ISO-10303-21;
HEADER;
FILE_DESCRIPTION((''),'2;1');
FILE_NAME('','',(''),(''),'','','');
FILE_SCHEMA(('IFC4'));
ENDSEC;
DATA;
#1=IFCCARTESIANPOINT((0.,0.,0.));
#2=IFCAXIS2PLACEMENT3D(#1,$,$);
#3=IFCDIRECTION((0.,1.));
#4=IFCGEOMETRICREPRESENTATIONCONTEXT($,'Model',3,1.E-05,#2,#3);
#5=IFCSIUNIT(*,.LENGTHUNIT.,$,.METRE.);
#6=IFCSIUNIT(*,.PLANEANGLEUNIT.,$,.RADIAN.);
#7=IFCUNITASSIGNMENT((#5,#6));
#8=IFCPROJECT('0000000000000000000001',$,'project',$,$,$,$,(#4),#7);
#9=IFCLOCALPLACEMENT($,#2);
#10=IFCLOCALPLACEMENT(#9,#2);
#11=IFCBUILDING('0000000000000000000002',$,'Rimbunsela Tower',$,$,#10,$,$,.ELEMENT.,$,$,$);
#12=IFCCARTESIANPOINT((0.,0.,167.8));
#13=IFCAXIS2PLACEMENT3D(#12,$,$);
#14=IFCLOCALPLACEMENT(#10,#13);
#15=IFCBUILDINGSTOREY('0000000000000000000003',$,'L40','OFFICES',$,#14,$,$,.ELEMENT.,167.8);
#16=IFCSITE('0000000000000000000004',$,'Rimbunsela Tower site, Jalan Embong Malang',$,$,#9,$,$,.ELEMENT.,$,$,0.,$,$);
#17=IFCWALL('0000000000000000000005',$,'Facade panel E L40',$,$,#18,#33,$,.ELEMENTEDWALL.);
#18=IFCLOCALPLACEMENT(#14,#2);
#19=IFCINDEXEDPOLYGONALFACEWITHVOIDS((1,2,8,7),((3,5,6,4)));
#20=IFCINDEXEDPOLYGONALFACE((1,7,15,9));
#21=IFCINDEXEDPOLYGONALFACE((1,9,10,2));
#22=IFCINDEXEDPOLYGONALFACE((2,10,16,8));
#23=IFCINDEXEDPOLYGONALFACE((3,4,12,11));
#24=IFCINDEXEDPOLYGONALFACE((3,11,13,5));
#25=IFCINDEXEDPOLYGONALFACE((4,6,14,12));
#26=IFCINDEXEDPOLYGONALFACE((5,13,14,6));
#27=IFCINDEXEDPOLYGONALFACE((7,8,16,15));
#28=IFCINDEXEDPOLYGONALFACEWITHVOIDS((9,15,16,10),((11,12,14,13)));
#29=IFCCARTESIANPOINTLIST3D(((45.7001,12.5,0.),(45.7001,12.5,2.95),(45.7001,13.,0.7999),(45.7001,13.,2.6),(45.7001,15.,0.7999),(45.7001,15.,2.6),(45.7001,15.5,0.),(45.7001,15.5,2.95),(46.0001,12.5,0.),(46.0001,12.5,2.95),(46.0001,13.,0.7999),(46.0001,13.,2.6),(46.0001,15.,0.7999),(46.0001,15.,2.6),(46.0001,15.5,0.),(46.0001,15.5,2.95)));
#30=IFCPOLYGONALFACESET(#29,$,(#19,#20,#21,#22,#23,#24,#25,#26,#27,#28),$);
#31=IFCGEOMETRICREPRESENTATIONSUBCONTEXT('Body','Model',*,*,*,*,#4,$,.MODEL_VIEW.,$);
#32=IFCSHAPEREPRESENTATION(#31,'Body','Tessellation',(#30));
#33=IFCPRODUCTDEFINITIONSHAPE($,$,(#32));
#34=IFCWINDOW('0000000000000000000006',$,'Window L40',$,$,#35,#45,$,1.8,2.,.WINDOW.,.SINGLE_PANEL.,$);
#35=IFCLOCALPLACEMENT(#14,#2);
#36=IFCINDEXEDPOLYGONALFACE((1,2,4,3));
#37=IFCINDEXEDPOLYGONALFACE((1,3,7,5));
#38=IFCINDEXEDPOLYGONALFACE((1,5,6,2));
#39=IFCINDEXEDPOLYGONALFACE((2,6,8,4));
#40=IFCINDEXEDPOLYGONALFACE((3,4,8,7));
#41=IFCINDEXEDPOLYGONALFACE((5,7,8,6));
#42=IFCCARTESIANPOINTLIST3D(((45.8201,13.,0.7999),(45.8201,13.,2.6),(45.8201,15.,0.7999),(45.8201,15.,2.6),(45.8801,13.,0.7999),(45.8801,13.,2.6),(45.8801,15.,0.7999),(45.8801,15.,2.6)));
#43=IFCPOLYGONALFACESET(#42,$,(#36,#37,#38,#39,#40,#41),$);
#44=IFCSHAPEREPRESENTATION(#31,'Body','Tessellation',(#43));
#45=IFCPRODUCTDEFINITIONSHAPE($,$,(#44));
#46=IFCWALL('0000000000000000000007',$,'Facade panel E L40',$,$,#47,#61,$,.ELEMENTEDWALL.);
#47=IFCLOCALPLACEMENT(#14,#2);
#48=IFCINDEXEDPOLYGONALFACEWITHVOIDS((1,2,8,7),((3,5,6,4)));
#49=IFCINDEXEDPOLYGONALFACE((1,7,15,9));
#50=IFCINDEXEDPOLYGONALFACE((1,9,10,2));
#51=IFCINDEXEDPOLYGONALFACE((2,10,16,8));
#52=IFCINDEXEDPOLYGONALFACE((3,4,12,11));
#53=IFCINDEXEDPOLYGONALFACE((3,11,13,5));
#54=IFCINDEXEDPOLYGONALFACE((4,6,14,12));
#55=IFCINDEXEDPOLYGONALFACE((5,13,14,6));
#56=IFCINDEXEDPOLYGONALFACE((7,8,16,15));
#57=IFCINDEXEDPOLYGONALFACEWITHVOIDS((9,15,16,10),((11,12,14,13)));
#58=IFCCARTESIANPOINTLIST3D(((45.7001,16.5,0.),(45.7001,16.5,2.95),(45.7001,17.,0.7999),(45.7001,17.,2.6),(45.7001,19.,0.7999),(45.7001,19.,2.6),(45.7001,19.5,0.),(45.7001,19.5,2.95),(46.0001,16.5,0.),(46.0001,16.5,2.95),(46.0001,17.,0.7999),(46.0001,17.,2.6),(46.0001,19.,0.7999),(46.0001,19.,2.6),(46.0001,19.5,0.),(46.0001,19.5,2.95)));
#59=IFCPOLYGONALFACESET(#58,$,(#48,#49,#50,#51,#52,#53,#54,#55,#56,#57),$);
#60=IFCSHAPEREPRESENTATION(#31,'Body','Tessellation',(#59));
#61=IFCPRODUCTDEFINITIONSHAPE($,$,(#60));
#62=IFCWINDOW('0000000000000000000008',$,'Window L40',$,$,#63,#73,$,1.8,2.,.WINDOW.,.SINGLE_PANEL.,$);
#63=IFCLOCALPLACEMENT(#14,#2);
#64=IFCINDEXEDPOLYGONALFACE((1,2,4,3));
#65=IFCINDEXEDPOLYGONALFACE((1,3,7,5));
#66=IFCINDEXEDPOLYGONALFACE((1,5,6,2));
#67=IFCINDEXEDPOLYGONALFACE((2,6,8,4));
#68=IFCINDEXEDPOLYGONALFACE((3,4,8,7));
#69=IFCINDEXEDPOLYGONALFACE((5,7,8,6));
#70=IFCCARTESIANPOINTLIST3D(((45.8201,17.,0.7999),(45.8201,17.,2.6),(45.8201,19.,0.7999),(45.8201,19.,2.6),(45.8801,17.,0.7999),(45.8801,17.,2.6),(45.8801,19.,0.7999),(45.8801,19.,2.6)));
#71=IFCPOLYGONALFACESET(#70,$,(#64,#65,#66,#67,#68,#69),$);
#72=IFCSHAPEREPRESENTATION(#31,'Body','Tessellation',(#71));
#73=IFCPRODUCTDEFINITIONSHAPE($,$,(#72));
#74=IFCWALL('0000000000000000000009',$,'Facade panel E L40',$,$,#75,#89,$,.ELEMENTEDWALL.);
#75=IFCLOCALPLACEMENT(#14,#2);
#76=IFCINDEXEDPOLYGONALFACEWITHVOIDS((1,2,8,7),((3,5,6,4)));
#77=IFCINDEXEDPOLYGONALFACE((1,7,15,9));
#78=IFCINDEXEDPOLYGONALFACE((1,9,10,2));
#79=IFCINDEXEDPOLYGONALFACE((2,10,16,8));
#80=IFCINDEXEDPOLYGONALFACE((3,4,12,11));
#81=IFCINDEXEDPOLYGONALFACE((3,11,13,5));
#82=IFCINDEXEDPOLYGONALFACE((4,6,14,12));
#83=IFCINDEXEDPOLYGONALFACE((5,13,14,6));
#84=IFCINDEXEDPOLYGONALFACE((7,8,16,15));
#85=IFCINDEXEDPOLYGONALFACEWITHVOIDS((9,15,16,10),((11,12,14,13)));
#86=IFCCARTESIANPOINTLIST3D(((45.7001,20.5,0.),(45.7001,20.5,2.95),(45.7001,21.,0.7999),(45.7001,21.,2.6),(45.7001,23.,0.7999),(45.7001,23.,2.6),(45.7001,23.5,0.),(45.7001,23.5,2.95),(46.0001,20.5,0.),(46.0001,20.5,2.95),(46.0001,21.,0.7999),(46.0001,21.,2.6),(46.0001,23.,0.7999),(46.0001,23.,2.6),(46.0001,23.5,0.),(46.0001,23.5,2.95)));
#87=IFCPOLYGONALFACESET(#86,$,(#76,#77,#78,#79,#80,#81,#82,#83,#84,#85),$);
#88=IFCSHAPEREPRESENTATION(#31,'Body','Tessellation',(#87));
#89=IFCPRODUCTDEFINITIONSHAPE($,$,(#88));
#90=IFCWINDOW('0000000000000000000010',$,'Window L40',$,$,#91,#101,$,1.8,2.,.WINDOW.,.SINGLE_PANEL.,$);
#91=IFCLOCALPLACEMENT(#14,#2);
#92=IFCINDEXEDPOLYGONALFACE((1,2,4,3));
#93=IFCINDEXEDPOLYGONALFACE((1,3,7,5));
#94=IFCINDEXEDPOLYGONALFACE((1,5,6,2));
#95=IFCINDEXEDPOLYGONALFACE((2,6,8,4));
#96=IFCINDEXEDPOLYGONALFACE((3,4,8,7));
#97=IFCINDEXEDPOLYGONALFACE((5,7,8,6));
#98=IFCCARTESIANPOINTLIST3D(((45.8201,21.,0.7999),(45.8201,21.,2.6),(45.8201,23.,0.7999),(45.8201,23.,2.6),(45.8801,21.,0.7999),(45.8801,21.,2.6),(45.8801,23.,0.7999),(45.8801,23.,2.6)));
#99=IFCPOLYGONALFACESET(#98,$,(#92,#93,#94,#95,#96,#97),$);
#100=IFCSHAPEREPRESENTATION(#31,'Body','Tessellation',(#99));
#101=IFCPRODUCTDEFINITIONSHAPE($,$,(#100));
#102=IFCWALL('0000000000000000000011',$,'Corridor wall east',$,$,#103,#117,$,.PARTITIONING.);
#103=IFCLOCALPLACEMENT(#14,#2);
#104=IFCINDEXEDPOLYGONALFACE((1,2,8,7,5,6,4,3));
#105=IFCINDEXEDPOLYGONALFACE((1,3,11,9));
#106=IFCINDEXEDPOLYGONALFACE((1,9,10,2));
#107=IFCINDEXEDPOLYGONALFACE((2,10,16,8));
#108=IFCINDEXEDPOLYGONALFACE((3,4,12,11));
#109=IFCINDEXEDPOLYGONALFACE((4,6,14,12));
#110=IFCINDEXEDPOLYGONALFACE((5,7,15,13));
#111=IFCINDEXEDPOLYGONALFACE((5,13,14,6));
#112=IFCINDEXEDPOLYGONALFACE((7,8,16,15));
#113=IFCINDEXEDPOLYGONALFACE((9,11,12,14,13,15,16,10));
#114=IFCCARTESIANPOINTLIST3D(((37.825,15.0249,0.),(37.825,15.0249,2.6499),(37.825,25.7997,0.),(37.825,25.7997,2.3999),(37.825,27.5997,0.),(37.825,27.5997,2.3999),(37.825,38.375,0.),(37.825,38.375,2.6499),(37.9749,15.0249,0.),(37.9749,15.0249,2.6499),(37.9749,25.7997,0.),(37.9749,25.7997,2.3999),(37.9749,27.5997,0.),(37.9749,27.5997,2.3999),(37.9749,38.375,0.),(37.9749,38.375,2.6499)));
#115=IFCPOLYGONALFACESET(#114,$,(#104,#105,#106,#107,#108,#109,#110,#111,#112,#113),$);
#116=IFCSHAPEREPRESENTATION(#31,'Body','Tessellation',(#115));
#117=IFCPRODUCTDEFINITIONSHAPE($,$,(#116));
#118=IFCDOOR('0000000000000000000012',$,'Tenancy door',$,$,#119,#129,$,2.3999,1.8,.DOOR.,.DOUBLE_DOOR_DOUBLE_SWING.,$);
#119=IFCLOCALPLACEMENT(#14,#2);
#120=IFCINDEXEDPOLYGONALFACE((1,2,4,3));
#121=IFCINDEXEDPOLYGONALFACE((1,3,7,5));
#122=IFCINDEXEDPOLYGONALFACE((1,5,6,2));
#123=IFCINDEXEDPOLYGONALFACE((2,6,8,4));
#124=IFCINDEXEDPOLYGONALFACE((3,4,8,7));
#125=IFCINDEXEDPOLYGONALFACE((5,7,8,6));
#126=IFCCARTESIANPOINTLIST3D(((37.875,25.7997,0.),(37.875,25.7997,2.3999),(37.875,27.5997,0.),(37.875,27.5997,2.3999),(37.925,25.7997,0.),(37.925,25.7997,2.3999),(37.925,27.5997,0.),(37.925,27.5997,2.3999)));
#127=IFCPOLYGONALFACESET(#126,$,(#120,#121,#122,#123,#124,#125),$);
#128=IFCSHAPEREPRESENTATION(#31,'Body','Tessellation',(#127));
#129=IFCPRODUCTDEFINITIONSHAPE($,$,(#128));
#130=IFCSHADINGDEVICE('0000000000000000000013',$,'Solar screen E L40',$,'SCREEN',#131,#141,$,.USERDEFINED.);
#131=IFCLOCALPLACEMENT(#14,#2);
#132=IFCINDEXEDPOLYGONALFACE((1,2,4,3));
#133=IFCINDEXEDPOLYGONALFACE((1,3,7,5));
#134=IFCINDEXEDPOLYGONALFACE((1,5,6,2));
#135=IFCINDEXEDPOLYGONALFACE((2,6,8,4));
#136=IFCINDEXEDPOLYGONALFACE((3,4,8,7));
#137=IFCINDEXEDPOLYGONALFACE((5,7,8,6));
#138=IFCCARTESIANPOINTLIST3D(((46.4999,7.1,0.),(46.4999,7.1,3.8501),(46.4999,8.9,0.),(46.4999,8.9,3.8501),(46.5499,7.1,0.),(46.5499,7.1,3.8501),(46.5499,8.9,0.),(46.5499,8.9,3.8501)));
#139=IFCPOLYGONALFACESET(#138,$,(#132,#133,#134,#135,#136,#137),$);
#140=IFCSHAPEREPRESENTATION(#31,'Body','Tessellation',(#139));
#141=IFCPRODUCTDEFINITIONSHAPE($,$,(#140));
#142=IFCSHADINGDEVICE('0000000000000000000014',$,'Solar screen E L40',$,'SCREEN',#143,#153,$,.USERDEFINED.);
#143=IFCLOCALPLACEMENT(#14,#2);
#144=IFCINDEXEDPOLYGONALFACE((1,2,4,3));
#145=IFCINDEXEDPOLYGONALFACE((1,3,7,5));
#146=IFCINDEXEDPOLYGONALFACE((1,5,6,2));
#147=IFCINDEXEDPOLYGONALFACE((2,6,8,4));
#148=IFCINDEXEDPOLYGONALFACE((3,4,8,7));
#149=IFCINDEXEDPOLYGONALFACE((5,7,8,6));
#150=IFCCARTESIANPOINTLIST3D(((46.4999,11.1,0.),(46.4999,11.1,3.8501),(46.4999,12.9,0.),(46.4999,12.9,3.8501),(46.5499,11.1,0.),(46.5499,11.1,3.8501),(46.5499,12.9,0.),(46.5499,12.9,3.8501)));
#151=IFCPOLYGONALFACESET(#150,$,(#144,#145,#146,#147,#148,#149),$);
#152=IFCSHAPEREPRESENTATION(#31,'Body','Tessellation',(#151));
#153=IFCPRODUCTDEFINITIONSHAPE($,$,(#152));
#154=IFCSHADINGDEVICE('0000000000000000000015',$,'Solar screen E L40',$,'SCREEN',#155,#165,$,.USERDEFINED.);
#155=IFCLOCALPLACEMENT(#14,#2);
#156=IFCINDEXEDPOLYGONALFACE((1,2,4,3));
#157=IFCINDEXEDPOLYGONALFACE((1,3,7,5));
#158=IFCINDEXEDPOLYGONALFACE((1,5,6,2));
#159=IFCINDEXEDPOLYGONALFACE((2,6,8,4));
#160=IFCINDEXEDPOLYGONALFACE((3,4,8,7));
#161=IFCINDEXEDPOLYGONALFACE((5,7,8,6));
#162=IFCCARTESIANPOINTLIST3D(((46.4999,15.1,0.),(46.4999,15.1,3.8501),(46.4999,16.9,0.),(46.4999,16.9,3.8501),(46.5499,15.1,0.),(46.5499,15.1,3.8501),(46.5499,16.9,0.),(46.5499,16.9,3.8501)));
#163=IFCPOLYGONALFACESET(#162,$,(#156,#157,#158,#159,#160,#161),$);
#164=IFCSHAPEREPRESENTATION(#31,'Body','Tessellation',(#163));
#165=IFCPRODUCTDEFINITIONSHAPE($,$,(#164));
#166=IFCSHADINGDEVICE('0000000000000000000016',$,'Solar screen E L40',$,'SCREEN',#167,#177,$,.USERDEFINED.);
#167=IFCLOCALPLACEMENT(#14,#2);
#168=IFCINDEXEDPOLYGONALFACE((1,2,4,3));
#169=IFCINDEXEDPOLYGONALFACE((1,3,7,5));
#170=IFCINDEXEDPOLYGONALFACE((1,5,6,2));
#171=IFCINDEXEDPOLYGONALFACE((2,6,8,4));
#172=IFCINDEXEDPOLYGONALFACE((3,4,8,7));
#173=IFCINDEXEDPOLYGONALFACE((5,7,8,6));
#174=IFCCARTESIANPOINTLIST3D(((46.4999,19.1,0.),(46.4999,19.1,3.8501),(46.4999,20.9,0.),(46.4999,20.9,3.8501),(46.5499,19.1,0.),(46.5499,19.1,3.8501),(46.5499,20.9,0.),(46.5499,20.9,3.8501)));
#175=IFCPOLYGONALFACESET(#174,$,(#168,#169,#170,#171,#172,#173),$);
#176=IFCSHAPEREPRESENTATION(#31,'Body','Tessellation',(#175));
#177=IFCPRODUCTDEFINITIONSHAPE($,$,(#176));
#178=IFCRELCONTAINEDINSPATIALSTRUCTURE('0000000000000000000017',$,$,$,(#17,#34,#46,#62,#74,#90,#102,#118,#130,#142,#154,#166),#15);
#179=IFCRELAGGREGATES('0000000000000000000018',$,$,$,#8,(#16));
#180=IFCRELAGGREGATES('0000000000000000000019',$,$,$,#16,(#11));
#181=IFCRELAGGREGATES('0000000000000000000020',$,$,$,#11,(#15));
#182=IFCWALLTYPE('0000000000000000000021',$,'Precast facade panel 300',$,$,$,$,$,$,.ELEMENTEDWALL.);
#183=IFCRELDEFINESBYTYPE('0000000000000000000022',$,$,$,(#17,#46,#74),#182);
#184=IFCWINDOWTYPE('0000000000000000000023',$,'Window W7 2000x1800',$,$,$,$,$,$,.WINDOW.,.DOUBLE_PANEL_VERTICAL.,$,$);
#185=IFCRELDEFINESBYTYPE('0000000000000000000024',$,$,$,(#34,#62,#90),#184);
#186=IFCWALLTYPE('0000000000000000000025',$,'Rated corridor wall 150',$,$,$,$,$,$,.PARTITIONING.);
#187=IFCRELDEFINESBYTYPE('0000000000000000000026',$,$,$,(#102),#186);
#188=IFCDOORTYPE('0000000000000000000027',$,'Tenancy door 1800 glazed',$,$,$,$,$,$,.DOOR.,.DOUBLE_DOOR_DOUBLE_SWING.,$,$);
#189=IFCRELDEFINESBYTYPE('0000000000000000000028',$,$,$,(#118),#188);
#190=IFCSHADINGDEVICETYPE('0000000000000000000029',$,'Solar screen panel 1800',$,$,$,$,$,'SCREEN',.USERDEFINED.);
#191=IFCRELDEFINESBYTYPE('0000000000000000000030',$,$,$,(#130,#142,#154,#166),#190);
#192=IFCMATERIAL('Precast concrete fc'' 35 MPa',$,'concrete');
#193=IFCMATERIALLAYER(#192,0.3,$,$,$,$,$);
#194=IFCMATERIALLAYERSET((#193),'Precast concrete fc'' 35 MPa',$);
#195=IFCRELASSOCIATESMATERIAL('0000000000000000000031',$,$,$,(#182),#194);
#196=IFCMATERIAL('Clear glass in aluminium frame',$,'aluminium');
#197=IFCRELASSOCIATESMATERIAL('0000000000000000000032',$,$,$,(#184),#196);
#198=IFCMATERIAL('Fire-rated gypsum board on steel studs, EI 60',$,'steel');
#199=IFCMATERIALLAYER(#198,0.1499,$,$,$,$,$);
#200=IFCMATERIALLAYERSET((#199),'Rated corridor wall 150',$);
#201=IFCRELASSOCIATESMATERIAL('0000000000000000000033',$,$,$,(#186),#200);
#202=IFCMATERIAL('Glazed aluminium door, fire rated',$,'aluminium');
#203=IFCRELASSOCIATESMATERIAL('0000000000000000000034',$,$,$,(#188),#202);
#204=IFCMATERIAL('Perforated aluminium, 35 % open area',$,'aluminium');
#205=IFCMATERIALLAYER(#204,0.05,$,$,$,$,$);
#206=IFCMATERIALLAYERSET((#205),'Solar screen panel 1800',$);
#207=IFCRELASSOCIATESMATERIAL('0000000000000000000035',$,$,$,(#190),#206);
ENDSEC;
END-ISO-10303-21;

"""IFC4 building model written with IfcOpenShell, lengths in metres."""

from ifc_helpers import new_model, si_unit, direction, frame, frame_2d, origin, origin_2d, place, context, subcontext, project, spatial, rectangle, extrude, material, layer, layer_set, type_object, element, fill, save


model = new_model("IFC4")

# Units and contexts
model_context = context("Model", 3, precision=1e-05, world=origin(), true_north=direction((0.0, 1.0)))
body_context = subcontext(model_context, "Body", "Model", "MODEL_VIEW")
ifc_project = project(units=[si_unit("LENGTHUNIT", "METRE"), si_unit("PLANEANGLEUNIT", "RADIAN")], contexts=[model_context])

# Site, building, storey
site_placement = place(None, origin())
site = spatial("IfcSite", under=ifc_project, at=site_placement, Name="Rimbunsela Tower site, Jalan Embong Malang", CompositionType="ELEMENT", RefElevation=0.0)
building_placement = place(site_placement, origin())
building = spatial("IfcBuilding", under=site, at=building_placement, Name="Rimbunsela Tower", CompositionType="ELEMENT")
storey_placement = place(building_placement, frame((0.0, 0.0, 167.8)))
storey = spatial("IfcBuildingStorey", under=building, at=storey_placement, Name="L40", Description="OFFICES", CompositionType="ELEMENT", Elevation=167.8)

# Shared definitions
ifc_material_1 = material(Name="Precast concrete fc' 35 MPa", Category="concrete")
ifc_layer_1 = layer(ifc_material_1, 0.3)
ifc_layer_set_1 = layer_set([ifc_layer_1], Name="Precast concrete fc' 35 MPa")
wall_type_1 = type_object("IfcWallType", Name="Precast facade panel 300", PredefinedType="ELEMENTEDWALL", material=ifc_layer_set_1)

# Walls, openings, windows
ifc_material_2 = material(Name="Clear glass in aluminium frame", Category="aluminium")
window_type = type_object("IfcWindowType", Name="Window W7 2000x1800", PartitioningType="DOUBLE_PANEL_VERTICAL", PredefinedType="WINDOW", material=ifc_material_2)
wall_1_placement = place(storey_placement, frame((45.8501, 12.5, 0.0), z_axis=(0.0, 0.0, 1.0), x_axis=(0.0, 1.0, 0.0)))
wall_1 = element("IfcWall", 1, at=wall_1_placement, inside=storey, type_object=wall_type_1, Name="Facade panel E L40", PredefinedType="ELEMENTEDWALL", context=body_context, shape_type="SweptSolid", body=[
    extrude(rectangle(XDim=3.0, YDim=0.3, at=frame_2d((1.5, 0.0))), origin(), (0.0, 0.0, 1.0), 2.95),
])
opening_1_placement = place(wall_1_placement, frame((0.5, 0.0, 0.8)))
opening_1 = element("IfcOpeningElement", 2, at=opening_1_placement, cuts=wall_1, PredefinedType="OPENING", context=body_context, shape_type="SweptSolid", body=[
    extrude(rectangle(XDim=2.0, YDim=1.8, at=frame_2d((1.0, 0.8999))), frame((0.0, 0.1599, 0.0), z_axis=(0.0, -1.0, 0.0), x_axis=(1.0, 0.0, 0.0)), (0.0, 0.0, 1.0), 0.3201),
])
window_1_placement = place(opening_1_placement, origin())
window_1 = element("IfcWindow", 3, at=window_1_placement, inside=storey, type_object=window_type, Name="Window L40", OverallHeight=1.8, OverallWidth=2.0, PartitioningType="SINGLE_PANEL", PredefinedType="WINDOW", context=body_context, shape_type="SweptSolid", body=[
    extrude(rectangle(XDim=2.0, YDim=1.8, at=frame_2d((1.0, 0.8999))), frame((0.0, 0.03, 0.0), z_axis=(0.0, -1.0, 0.0), x_axis=(1.0, 0.0, 0.0)), (0.0, 0.0, 1.0), 0.0601),
])
fill(opening_1, window_1)
wall_2_placement = place(storey_placement, frame((45.8501, 16.5, 0.0), z_axis=(0.0, 0.0, 1.0), x_axis=(0.0, 1.0, 0.0)))
wall_2 = element("IfcWall", 4, at=wall_2_placement, inside=storey, type_object=wall_type_1, Name="Facade panel E L40", PredefinedType="ELEMENTEDWALL", context=body_context, shape_type="SweptSolid", body=[
    extrude(rectangle(XDim=3.0, YDim=0.3, at=frame_2d((1.5, 0.0))), origin(), (0.0, 0.0, 1.0), 2.95),
])
opening_2_placement = place(wall_2_placement, frame((0.5, 0.0, 0.8)))
opening_2 = element("IfcOpeningElement", 5, at=opening_2_placement, cuts=wall_2, PredefinedType="OPENING", context=body_context, shape_type="SweptSolid", body=[
    extrude(rectangle(XDim=2.0, YDim=1.8, at=frame_2d((1.0, 0.8999))), frame((0.0, 0.1599, 0.0), z_axis=(0.0, -1.0, 0.0), x_axis=(1.0, 0.0, 0.0)), (0.0, 0.0, 1.0), 0.3201),
])
window_2_placement = place(opening_2_placement, origin())
window_2 = element("IfcWindow", 6, at=window_2_placement, inside=storey, type_object=window_type, Name="Window L40", OverallHeight=1.8, OverallWidth=2.0, PartitioningType="SINGLE_PANEL", PredefinedType="WINDOW", context=body_context, shape_type="SweptSolid", body=[
    extrude(rectangle(XDim=2.0, YDim=1.8, at=frame_2d((1.0, 0.8999))), frame((0.0, 0.03, 0.0), z_axis=(0.0, -1.0, 0.0), x_axis=(1.0, 0.0, 0.0)), (0.0, 0.0, 1.0), 0.0601),
])
fill(opening_2, window_2)
wall_3_placement = place(storey_placement, frame((45.8501, 20.5, 0.0), z_axis=(0.0, 0.0, 1.0), x_axis=(0.0, 1.0, 0.0)))
wall_3 = element("IfcWall", 7, at=wall_3_placement, inside=storey, type_object=wall_type_1, Name="Facade panel E L40", PredefinedType="ELEMENTEDWALL", context=body_context, shape_type="SweptSolid", body=[
    extrude(rectangle(XDim=3.0, YDim=0.3, at=frame_2d((1.5, 0.0))), origin(), (0.0, 0.0, 1.0), 2.95),
])
opening_3_placement = place(wall_3_placement, frame((0.5, 0.0, 0.8)))
opening_3 = element("IfcOpeningElement", 8, at=opening_3_placement, cuts=wall_3, PredefinedType="OPENING", context=body_context, shape_type="SweptSolid", body=[
    extrude(rectangle(XDim=2.0, YDim=1.8, at=frame_2d((1.0, 0.8999))), frame((0.0, 0.1599, 0.0), z_axis=(0.0, -1.0, 0.0), x_axis=(1.0, 0.0, 0.0)), (0.0, 0.0, 1.0), 0.3201),
])
window_3_placement = place(opening_3_placement, origin())
window_3 = element("IfcWindow", 9, at=window_3_placement, inside=storey, type_object=window_type, Name="Window L40", OverallHeight=1.8, OverallWidth=2.0, PartitioningType="SINGLE_PANEL", PredefinedType="WINDOW", context=body_context, shape_type="SweptSolid", body=[
    extrude(rectangle(XDim=2.0, YDim=1.8, at=frame_2d((1.0, 0.8999))), frame((0.0, 0.03, 0.0), z_axis=(0.0, -1.0, 0.0), x_axis=(1.0, 0.0, 0.0)), (0.0, 0.0, 1.0), 0.0601),
])
fill(opening_3, window_3)

# Wall, opening, door
ifc_material_3 = material(Name="Fire-rated gypsum board on steel studs, EI 60", Category="steel")
ifc_layer_2 = layer(ifc_material_3, 0.1499)
ifc_layer_set_2 = layer_set([ifc_layer_2], Name="Rated corridor wall 150")
wall_type_2 = type_object("IfcWallType", Name="Rated corridor wall 150", PredefinedType="PARTITIONING", material=ifc_layer_set_2)
wall_4_placement = place(storey_placement, frame((37.8999, 15.0249, 0.0), z_axis=(0.0, 0.0, 1.0), x_axis=(0.0, 1.0, 0.0)))
wall_4 = element("IfcWall", 10, at=wall_4_placement, inside=storey, type_object=wall_type_2, Name="Corridor wall east", PredefinedType="PARTITIONING", context=body_context, shape_type="SweptSolid", body=[
    extrude(rectangle(XDim=23.3501, YDim=0.1499, at=frame_2d((11.675, 0.0))), origin(), (0.0, 0.0, 1.0), 2.6499),
])
opening_4_placement = place(wall_4_placement, frame((10.7749, 0.0, 0.0)))
opening_4 = element("IfcOpeningElement", 11, at=opening_4_placement, cuts=wall_4, PredefinedType="OPENING", context=body_context, shape_type="SweptSolid", body=[
    extrude(rectangle(XDim=1.8, YDim=2.3999, at=frame_2d((0.8999, 1.2))), frame((0.0, 0.085, 0.0), z_axis=(0.0, -1.0, 0.0), x_axis=(1.0, 0.0, 0.0)), (0.0, 0.0, 1.0), 0.1699),
])
ifc_material_4 = material(Name="Glazed aluminium door, fire rated", Category="aluminium")
door_type_1 = type_object("IfcDoorType", Name="Tenancy door 1800 glazed", OperationType="DOUBLE_DOOR_DOUBLE_SWING", PredefinedType="DOOR", material=ifc_material_4)
door_1_placement = place(opening_4_placement, origin())
door_1 = element("IfcDoor", 12, at=door_1_placement, inside=storey, type_object=door_type_1, Name="Tenancy door", OperationType="DOUBLE_DOOR_DOUBLE_SWING", OverallHeight=2.3999, OverallWidth=1.8, PredefinedType="DOOR", context=body_context, shape_type="SweptSolid", body=[
    extrude(rectangle(XDim=1.8, YDim=2.3999, at=frame_2d((0.8999, 1.2))), frame((0.0, 0.0249, 0.0), z_axis=(0.0, -1.0, 0.0), x_axis=(1.0, 0.0, 0.0)), (0.0, 0.0, 1.0), 0.05),
])
fill(opening_4, door_1)

# Shading devices
ifc_material_5 = material(Name="Perforated aluminium, 35 % open area", Category="aluminium")
ifc_layer_3 = layer(ifc_material_5, 0.05)
ifc_layer_set_3 = layer_set([ifc_layer_3], Name="Solar screen panel 1800")
shading_device_type = type_object("IfcShadingDeviceType", Name="Solar screen panel 1800", ElementType="SCREEN", PredefinedType="USERDEFINED", material=ifc_layer_set_3)
for number, where, z_axis, x_axis, name in (
    (13, (46.5249, 8.0, 0.0), (0.0, 0.0, 1.0), (0.0, 1.0, 0.0), "Solar screen E L40"),
    (14, (46.5249, 12.0, 0.0), (0.0, 0.0, 1.0), (0.0, 1.0, 0.0), "Solar screen E L40"),
    (15, (46.5249, 16.0, 0.0), (0.0, 0.0, 1.0), (0.0, 1.0, 0.0), "Solar screen E L40"),
    (16, (46.5249, 20.0, 0.0), (0.0, 0.0, 1.0), (0.0, 1.0, 0.0), "Solar screen E L40"),
):
    element("IfcShadingDevice", number, at=place(storey_placement, frame(where, z_axis=z_axis, x_axis=x_axis)), inside=storey, type_object=shading_device_type, Name=name, ObjectType="SCREEN", PredefinedType="USERDEFINED", context=body_context, shape_type="SweptSolid", body=[
        extrude(rectangle(XDim=1.8, YDim=0.05, at=origin_2d()), origin(), (0.0, 0.0, 1.0), 3.8501),
    ])

save(model, "model.ifc")
